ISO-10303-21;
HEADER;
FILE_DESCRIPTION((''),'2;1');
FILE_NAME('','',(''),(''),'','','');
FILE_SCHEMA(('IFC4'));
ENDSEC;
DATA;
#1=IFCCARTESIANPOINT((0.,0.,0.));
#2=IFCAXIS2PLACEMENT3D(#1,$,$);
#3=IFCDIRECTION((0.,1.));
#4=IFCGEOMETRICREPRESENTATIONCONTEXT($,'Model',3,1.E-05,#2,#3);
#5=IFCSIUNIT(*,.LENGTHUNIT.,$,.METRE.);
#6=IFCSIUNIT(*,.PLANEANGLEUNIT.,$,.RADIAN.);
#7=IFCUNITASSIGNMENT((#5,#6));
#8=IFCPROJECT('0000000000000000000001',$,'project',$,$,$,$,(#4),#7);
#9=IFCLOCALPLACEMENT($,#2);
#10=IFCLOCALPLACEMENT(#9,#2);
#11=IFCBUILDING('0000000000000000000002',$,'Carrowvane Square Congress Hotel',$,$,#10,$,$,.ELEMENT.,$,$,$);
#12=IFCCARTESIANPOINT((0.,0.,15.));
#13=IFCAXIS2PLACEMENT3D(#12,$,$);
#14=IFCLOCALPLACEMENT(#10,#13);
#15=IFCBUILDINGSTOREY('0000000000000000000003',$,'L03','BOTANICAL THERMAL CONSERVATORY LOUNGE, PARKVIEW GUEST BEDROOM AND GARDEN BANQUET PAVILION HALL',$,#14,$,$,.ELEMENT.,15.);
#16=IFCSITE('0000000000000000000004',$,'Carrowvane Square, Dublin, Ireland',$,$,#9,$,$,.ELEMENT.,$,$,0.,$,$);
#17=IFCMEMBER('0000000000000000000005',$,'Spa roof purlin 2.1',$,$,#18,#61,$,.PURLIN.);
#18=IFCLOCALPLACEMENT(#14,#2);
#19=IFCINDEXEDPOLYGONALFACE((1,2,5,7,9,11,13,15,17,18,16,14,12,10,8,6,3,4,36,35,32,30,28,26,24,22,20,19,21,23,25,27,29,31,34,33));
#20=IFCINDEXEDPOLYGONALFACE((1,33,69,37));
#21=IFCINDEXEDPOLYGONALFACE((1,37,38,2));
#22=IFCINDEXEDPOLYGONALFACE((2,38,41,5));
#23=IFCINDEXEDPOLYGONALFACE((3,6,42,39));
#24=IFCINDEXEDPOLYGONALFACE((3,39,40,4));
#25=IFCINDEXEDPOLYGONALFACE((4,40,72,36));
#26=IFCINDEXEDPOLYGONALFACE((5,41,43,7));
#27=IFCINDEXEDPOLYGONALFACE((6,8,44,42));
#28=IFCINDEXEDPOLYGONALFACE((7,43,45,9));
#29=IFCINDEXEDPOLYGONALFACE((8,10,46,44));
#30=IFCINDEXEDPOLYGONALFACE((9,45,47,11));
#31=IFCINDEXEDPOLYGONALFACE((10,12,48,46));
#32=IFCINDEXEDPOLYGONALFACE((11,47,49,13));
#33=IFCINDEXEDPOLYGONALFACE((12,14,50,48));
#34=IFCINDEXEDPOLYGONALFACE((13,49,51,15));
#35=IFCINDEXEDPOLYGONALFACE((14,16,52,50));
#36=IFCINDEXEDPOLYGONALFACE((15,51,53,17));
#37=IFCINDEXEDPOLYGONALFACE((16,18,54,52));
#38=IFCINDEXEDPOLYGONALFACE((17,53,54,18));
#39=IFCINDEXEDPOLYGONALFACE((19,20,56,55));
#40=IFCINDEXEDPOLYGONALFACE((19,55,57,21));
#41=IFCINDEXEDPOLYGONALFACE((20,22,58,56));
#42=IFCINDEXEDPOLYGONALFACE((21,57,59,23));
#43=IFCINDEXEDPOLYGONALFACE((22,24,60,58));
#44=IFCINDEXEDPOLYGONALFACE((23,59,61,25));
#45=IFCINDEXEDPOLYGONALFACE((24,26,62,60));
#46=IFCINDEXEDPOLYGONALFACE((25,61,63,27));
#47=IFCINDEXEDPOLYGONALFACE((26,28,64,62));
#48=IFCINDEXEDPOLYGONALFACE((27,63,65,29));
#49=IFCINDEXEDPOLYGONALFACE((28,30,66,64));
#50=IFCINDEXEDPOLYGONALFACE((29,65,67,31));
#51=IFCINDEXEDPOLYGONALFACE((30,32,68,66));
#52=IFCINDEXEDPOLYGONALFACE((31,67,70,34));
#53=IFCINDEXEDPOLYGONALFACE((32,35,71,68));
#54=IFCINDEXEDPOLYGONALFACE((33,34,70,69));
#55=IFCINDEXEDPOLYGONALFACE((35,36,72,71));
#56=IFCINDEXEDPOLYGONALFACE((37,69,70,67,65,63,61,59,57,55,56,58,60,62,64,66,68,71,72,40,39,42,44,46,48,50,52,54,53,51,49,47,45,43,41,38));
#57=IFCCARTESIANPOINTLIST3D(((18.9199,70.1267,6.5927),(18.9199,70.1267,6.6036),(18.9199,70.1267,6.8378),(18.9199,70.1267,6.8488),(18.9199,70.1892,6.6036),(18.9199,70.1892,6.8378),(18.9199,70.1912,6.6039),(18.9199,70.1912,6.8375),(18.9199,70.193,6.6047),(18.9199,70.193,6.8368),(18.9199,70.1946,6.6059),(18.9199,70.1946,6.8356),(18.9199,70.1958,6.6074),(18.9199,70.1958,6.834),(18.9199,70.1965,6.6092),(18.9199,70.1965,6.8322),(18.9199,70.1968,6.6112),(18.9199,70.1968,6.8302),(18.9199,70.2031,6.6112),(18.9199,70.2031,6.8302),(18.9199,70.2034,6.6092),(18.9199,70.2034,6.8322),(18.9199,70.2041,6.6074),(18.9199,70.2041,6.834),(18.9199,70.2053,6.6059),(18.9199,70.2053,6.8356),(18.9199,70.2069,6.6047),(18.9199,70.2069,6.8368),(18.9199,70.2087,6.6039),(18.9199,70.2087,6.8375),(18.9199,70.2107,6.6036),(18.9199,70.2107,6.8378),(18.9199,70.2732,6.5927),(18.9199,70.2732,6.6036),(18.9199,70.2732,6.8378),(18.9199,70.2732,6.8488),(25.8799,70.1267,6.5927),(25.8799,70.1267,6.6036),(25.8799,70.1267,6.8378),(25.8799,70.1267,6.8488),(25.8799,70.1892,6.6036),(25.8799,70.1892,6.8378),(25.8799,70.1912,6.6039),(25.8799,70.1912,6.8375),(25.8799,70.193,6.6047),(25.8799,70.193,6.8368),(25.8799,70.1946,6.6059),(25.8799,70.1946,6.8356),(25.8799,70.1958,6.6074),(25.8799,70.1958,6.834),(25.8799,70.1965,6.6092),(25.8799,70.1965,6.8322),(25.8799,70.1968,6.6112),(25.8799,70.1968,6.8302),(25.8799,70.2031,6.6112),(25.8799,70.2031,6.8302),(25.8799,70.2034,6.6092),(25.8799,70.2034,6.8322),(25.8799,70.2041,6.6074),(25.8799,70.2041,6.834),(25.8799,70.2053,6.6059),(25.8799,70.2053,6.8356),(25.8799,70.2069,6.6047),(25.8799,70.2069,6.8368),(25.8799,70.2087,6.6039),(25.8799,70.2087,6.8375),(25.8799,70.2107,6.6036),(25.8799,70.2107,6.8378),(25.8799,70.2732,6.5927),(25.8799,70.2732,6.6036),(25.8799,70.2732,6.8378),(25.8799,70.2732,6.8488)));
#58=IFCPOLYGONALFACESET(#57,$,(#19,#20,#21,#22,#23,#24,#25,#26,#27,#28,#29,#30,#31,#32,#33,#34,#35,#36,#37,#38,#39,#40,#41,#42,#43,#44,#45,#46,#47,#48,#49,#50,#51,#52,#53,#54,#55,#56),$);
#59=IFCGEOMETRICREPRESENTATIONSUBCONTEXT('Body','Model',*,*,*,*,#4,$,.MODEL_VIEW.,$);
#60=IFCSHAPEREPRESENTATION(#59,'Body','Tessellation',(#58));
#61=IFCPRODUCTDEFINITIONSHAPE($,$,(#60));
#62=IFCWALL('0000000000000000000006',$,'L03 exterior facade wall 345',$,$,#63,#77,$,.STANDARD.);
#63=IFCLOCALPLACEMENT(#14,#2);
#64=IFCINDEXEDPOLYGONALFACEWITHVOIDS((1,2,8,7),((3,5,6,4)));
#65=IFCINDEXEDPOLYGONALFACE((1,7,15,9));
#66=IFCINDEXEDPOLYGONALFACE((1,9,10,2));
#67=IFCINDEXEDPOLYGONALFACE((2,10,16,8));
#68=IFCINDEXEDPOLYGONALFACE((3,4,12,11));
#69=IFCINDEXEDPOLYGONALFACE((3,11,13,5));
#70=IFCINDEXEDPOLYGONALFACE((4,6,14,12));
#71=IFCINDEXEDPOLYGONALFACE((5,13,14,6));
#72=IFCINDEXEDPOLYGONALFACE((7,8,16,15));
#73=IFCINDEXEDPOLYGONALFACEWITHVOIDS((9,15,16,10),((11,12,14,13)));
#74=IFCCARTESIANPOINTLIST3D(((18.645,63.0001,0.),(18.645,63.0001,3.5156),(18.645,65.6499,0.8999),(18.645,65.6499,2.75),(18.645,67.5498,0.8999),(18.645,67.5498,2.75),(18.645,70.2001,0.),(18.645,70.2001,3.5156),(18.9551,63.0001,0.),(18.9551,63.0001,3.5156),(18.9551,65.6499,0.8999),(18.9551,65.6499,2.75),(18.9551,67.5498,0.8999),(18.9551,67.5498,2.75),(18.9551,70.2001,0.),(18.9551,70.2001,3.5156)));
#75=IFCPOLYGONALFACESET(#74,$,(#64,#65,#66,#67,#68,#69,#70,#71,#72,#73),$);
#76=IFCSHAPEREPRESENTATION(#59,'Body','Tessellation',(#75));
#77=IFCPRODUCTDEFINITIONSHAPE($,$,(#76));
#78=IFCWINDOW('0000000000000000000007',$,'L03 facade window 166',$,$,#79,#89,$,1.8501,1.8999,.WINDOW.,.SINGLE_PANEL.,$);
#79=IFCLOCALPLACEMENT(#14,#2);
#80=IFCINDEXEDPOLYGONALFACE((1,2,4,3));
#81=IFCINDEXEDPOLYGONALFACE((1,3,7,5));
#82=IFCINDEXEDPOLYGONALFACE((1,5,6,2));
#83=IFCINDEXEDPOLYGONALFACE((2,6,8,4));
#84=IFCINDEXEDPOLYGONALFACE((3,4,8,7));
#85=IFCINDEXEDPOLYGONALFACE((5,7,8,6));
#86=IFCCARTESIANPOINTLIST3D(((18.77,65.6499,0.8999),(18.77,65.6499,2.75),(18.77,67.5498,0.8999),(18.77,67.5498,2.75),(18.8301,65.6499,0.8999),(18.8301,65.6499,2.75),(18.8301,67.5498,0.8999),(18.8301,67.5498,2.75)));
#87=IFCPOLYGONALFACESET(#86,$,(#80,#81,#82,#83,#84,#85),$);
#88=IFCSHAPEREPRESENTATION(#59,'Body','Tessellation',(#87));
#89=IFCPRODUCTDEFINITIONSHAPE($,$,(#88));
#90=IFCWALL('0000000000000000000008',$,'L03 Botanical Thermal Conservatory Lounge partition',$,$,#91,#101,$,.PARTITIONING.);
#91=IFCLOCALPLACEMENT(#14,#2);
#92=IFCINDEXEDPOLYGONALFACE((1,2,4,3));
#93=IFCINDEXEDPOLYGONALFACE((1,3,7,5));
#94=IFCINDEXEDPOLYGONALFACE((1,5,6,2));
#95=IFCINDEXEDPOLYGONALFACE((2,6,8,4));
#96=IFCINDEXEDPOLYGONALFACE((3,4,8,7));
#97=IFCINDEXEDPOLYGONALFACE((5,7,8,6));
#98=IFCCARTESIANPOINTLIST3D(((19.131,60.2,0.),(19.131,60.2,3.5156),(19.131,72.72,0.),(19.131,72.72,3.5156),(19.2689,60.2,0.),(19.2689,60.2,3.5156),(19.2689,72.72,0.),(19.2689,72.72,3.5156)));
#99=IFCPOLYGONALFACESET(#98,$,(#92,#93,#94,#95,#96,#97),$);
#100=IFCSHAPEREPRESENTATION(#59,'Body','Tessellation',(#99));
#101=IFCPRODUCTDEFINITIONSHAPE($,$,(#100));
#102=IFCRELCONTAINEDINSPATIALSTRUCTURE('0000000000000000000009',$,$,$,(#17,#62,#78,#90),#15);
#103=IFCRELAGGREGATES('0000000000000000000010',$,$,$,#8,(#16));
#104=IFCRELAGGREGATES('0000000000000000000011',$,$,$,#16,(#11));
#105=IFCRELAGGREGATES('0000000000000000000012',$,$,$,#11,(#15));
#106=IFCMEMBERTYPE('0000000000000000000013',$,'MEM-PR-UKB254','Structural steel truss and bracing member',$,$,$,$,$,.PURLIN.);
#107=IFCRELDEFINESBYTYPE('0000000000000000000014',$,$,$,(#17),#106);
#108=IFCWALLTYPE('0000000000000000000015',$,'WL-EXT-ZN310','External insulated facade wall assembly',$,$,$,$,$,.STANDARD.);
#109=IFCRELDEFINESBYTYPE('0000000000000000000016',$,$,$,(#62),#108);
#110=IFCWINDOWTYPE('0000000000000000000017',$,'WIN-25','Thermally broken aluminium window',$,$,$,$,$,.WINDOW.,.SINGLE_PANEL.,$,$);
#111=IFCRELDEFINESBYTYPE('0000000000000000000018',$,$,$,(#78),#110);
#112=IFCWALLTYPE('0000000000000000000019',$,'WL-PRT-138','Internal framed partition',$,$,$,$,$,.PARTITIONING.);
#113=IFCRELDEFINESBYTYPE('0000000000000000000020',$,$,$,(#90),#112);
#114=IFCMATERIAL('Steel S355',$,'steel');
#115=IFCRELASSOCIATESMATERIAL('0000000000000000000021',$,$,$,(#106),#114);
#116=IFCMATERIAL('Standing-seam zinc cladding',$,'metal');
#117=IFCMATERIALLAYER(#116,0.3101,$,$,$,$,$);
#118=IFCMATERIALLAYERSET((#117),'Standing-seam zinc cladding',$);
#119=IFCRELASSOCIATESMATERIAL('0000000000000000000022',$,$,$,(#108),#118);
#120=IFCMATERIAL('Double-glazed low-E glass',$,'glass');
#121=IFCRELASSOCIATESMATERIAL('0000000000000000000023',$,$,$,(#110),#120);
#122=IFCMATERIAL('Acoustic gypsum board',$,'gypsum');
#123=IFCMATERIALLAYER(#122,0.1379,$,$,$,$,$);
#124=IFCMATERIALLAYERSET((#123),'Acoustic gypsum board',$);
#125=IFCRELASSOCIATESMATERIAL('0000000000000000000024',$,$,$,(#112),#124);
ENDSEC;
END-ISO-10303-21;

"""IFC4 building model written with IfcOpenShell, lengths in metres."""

from ifc_helpers import new_model, si_unit, direction, frame, frame_2d, origin, origin_2d, place, context, subcontext, project, spatial, rectangle, i_section, extrude, material, layer, layer_set, material_profile, profile_set, type_object, element, fill, save


model = new_model("IFC4")

# Units and contexts
model_context = context("Model", 3, precision=1e-05, world=origin(), true_north=direction((0.0, 1.0)))
body_context = subcontext(model_context, "Body", "Model", "MODEL_VIEW")
ifc_project = project(units=[si_unit("LENGTHUNIT", "METRE"), si_unit("PLANEANGLEUNIT", "RADIAN")], contexts=[model_context])

# Site, building, storey
site_placement = place(None, origin())
site = spatial("IfcSite", under=ifc_project, at=site_placement, Name="Carrowvane Square, Dublin, Ireland", CompositionType="ELEMENT", RefElevation=0.0)
building_placement = place(site_placement, origin())
building = spatial("IfcBuilding", under=site, at=building_placement, Name="Carrowvane Square Congress Hotel", CompositionType="ELEMENT")
storey_placement = place(building_placement, frame((0.0, 0.0, 15.0)))
storey = spatial("IfcBuildingStorey", under=building, at=storey_placement, Name="L03", Description="BOTANICAL THERMAL CONSERVATORY LOUNGE, PARKVIEW GUEST BEDROOM AND GARDEN BANQUET PAVILION HALL", CompositionType="ELEMENT", Elevation=15.0)

# Member
ifc_material_1 = material(Name="Steel S355", Category="steel")
ifc_material_profile_1 = material_profile(ifc_material_1, i_section(OverallWidth=0.1465, OverallDepth=0.2561, WebThickness=0.0063, FlangeThickness=0.011, FilletRadius=0.0076, at=origin_2d()), Name="UKB 254x146x37")
ifc_profile_set_1 = profile_set([ifc_material_profile_1], Name="Steel S355")
member_type = type_object("IfcMemberType", Name="MEM-PR-UKB254", Description="Structural steel truss and bracing member", PredefinedType="PURLIN", material=ifc_profile_set_1)
for number, where, z_axis, x_axis, name in (
    (1, (18.9199, 70.2, 6.7207), (1.0, 0.0, 0.0), (0.0, 1.0, 0.0), "Spa roof purlin 2.1"),
):
    element("IfcMember", number, at=place(storey_placement, frame(where, z_axis=z_axis, x_axis=x_axis)), inside=storey, type_object=member_type, Name=name, PredefinedType="PURLIN", context=body_context, shape_type="SweptSolid", body=[
        extrude(i_section(OverallWidth=0.1465, OverallDepth=0.2561, WebThickness=0.0063, FlangeThickness=0.011, FilletRadius=0.0076, at=origin_2d()), origin(), (0.0, 0.0, 1.0), 6.96),
    ])

# Wall, opening, window
ifc_material_2 = material(Name="Standing-seam zinc cladding", Category="metal")
ifc_layer_1 = layer(ifc_material_2, 0.3101)
ifc_layer_set_1 = layer_set([ifc_layer_1], Name="Standing-seam zinc cladding")
wall_type_1 = type_object("IfcWallType", Name="WL-EXT-ZN310", Description="External insulated facade wall assembly", PredefinedType="STANDARD", material=ifc_layer_set_1)
wall_1_placement = place(storey_placement, frame((18.8, 63.0, 0.0), z_axis=(0.0, 0.0, 1.0), x_axis=(0.0, 1.0, 0.0)))
wall_1 = element("IfcWall", 2, at=wall_1_placement, inside=storey, type_object=wall_type_1, Name="L03 exterior facade wall 345", PredefinedType="STANDARD", context=body_context, shape_type="SweptSolid", body=[
    extrude(rectangle(XDim=7.2, YDim=0.3101, at=frame_2d((3.6001, 0.0))), origin(), (0.0, 0.0, 1.0), 3.5156),
])
opening_1_placement = place(wall_1_placement, frame((2.6499, 0.0, 0.8999)))
opening_1 = element("IfcOpeningElement", 3, at=opening_1_placement, cuts=wall_1, PredefinedType="OPENING", context=body_context, shape_type="SweptSolid", body=[
    extrude(rectangle(XDim=1.8999, YDim=1.8501, at=frame_2d((0.95, 0.925))), frame((0.0, 0.165, 0.0), z_axis=(0.0, -1.0, 0.0), x_axis=(1.0, 0.0, 0.0)), (0.0, 0.0, 1.0), 0.3301),
])
ifc_material_3 = material(Name="Double-glazed low-E glass", Category="glass")
window_type = type_object("IfcWindowType", Name="WIN-25", Description="Thermally broken aluminium window", PartitioningType="SINGLE_PANEL", PredefinedType="WINDOW", material=ifc_material_3)
window_placement = place(opening_1_placement, origin())
window = element("IfcWindow", 4, at=window_placement, inside=storey, type_object=window_type, Name="L03 facade window 166", OverallHeight=1.8501, OverallWidth=1.8999, PartitioningType="SINGLE_PANEL", PredefinedType="WINDOW", context=body_context, shape_type="SweptSolid", body=[
    extrude(rectangle(XDim=1.8999, YDim=1.8501, at=frame_2d((0.95, 0.925))), frame((0.0, 0.03, 0.0), z_axis=(0.0, -1.0, 0.0), x_axis=(1.0, 0.0, 0.0)), (0.0, 0.0, 1.0), 0.0601),
])
fill(opening_1, window)

# Wall
ifc_material_4 = material(Name="Acoustic gypsum board", Category="gypsum")
ifc_layer_2 = layer(ifc_material_4, 0.1379)
ifc_layer_set_2 = layer_set([ifc_layer_2], Name="Acoustic gypsum board")
wall_type_2 = type_object("IfcWallType", Name="WL-PRT-138", Description="Internal framed partition", PredefinedType="PARTITIONING", material=ifc_layer_set_2)
wall_2_placement = place(storey_placement, frame((19.2, 60.2, 0.0), z_axis=(0.0, 0.0, 1.0), x_axis=(0.0, 1.0, 0.0)))
element("IfcWall", 5, at=wall_2_placement, inside=storey, type_object=wall_type_2, Name="L03 Botanical Thermal Conservatory Lounge partition", PredefinedType="PARTITIONING", context=body_context, shape_type="SweptSolid", body=[
    extrude(rectangle(XDim=12.52, YDim=0.1379, at=frame_2d((6.26, 0.0))), origin(), (0.0, 0.0, 1.0), 3.5156),
])

save(model, "model.ifc")
